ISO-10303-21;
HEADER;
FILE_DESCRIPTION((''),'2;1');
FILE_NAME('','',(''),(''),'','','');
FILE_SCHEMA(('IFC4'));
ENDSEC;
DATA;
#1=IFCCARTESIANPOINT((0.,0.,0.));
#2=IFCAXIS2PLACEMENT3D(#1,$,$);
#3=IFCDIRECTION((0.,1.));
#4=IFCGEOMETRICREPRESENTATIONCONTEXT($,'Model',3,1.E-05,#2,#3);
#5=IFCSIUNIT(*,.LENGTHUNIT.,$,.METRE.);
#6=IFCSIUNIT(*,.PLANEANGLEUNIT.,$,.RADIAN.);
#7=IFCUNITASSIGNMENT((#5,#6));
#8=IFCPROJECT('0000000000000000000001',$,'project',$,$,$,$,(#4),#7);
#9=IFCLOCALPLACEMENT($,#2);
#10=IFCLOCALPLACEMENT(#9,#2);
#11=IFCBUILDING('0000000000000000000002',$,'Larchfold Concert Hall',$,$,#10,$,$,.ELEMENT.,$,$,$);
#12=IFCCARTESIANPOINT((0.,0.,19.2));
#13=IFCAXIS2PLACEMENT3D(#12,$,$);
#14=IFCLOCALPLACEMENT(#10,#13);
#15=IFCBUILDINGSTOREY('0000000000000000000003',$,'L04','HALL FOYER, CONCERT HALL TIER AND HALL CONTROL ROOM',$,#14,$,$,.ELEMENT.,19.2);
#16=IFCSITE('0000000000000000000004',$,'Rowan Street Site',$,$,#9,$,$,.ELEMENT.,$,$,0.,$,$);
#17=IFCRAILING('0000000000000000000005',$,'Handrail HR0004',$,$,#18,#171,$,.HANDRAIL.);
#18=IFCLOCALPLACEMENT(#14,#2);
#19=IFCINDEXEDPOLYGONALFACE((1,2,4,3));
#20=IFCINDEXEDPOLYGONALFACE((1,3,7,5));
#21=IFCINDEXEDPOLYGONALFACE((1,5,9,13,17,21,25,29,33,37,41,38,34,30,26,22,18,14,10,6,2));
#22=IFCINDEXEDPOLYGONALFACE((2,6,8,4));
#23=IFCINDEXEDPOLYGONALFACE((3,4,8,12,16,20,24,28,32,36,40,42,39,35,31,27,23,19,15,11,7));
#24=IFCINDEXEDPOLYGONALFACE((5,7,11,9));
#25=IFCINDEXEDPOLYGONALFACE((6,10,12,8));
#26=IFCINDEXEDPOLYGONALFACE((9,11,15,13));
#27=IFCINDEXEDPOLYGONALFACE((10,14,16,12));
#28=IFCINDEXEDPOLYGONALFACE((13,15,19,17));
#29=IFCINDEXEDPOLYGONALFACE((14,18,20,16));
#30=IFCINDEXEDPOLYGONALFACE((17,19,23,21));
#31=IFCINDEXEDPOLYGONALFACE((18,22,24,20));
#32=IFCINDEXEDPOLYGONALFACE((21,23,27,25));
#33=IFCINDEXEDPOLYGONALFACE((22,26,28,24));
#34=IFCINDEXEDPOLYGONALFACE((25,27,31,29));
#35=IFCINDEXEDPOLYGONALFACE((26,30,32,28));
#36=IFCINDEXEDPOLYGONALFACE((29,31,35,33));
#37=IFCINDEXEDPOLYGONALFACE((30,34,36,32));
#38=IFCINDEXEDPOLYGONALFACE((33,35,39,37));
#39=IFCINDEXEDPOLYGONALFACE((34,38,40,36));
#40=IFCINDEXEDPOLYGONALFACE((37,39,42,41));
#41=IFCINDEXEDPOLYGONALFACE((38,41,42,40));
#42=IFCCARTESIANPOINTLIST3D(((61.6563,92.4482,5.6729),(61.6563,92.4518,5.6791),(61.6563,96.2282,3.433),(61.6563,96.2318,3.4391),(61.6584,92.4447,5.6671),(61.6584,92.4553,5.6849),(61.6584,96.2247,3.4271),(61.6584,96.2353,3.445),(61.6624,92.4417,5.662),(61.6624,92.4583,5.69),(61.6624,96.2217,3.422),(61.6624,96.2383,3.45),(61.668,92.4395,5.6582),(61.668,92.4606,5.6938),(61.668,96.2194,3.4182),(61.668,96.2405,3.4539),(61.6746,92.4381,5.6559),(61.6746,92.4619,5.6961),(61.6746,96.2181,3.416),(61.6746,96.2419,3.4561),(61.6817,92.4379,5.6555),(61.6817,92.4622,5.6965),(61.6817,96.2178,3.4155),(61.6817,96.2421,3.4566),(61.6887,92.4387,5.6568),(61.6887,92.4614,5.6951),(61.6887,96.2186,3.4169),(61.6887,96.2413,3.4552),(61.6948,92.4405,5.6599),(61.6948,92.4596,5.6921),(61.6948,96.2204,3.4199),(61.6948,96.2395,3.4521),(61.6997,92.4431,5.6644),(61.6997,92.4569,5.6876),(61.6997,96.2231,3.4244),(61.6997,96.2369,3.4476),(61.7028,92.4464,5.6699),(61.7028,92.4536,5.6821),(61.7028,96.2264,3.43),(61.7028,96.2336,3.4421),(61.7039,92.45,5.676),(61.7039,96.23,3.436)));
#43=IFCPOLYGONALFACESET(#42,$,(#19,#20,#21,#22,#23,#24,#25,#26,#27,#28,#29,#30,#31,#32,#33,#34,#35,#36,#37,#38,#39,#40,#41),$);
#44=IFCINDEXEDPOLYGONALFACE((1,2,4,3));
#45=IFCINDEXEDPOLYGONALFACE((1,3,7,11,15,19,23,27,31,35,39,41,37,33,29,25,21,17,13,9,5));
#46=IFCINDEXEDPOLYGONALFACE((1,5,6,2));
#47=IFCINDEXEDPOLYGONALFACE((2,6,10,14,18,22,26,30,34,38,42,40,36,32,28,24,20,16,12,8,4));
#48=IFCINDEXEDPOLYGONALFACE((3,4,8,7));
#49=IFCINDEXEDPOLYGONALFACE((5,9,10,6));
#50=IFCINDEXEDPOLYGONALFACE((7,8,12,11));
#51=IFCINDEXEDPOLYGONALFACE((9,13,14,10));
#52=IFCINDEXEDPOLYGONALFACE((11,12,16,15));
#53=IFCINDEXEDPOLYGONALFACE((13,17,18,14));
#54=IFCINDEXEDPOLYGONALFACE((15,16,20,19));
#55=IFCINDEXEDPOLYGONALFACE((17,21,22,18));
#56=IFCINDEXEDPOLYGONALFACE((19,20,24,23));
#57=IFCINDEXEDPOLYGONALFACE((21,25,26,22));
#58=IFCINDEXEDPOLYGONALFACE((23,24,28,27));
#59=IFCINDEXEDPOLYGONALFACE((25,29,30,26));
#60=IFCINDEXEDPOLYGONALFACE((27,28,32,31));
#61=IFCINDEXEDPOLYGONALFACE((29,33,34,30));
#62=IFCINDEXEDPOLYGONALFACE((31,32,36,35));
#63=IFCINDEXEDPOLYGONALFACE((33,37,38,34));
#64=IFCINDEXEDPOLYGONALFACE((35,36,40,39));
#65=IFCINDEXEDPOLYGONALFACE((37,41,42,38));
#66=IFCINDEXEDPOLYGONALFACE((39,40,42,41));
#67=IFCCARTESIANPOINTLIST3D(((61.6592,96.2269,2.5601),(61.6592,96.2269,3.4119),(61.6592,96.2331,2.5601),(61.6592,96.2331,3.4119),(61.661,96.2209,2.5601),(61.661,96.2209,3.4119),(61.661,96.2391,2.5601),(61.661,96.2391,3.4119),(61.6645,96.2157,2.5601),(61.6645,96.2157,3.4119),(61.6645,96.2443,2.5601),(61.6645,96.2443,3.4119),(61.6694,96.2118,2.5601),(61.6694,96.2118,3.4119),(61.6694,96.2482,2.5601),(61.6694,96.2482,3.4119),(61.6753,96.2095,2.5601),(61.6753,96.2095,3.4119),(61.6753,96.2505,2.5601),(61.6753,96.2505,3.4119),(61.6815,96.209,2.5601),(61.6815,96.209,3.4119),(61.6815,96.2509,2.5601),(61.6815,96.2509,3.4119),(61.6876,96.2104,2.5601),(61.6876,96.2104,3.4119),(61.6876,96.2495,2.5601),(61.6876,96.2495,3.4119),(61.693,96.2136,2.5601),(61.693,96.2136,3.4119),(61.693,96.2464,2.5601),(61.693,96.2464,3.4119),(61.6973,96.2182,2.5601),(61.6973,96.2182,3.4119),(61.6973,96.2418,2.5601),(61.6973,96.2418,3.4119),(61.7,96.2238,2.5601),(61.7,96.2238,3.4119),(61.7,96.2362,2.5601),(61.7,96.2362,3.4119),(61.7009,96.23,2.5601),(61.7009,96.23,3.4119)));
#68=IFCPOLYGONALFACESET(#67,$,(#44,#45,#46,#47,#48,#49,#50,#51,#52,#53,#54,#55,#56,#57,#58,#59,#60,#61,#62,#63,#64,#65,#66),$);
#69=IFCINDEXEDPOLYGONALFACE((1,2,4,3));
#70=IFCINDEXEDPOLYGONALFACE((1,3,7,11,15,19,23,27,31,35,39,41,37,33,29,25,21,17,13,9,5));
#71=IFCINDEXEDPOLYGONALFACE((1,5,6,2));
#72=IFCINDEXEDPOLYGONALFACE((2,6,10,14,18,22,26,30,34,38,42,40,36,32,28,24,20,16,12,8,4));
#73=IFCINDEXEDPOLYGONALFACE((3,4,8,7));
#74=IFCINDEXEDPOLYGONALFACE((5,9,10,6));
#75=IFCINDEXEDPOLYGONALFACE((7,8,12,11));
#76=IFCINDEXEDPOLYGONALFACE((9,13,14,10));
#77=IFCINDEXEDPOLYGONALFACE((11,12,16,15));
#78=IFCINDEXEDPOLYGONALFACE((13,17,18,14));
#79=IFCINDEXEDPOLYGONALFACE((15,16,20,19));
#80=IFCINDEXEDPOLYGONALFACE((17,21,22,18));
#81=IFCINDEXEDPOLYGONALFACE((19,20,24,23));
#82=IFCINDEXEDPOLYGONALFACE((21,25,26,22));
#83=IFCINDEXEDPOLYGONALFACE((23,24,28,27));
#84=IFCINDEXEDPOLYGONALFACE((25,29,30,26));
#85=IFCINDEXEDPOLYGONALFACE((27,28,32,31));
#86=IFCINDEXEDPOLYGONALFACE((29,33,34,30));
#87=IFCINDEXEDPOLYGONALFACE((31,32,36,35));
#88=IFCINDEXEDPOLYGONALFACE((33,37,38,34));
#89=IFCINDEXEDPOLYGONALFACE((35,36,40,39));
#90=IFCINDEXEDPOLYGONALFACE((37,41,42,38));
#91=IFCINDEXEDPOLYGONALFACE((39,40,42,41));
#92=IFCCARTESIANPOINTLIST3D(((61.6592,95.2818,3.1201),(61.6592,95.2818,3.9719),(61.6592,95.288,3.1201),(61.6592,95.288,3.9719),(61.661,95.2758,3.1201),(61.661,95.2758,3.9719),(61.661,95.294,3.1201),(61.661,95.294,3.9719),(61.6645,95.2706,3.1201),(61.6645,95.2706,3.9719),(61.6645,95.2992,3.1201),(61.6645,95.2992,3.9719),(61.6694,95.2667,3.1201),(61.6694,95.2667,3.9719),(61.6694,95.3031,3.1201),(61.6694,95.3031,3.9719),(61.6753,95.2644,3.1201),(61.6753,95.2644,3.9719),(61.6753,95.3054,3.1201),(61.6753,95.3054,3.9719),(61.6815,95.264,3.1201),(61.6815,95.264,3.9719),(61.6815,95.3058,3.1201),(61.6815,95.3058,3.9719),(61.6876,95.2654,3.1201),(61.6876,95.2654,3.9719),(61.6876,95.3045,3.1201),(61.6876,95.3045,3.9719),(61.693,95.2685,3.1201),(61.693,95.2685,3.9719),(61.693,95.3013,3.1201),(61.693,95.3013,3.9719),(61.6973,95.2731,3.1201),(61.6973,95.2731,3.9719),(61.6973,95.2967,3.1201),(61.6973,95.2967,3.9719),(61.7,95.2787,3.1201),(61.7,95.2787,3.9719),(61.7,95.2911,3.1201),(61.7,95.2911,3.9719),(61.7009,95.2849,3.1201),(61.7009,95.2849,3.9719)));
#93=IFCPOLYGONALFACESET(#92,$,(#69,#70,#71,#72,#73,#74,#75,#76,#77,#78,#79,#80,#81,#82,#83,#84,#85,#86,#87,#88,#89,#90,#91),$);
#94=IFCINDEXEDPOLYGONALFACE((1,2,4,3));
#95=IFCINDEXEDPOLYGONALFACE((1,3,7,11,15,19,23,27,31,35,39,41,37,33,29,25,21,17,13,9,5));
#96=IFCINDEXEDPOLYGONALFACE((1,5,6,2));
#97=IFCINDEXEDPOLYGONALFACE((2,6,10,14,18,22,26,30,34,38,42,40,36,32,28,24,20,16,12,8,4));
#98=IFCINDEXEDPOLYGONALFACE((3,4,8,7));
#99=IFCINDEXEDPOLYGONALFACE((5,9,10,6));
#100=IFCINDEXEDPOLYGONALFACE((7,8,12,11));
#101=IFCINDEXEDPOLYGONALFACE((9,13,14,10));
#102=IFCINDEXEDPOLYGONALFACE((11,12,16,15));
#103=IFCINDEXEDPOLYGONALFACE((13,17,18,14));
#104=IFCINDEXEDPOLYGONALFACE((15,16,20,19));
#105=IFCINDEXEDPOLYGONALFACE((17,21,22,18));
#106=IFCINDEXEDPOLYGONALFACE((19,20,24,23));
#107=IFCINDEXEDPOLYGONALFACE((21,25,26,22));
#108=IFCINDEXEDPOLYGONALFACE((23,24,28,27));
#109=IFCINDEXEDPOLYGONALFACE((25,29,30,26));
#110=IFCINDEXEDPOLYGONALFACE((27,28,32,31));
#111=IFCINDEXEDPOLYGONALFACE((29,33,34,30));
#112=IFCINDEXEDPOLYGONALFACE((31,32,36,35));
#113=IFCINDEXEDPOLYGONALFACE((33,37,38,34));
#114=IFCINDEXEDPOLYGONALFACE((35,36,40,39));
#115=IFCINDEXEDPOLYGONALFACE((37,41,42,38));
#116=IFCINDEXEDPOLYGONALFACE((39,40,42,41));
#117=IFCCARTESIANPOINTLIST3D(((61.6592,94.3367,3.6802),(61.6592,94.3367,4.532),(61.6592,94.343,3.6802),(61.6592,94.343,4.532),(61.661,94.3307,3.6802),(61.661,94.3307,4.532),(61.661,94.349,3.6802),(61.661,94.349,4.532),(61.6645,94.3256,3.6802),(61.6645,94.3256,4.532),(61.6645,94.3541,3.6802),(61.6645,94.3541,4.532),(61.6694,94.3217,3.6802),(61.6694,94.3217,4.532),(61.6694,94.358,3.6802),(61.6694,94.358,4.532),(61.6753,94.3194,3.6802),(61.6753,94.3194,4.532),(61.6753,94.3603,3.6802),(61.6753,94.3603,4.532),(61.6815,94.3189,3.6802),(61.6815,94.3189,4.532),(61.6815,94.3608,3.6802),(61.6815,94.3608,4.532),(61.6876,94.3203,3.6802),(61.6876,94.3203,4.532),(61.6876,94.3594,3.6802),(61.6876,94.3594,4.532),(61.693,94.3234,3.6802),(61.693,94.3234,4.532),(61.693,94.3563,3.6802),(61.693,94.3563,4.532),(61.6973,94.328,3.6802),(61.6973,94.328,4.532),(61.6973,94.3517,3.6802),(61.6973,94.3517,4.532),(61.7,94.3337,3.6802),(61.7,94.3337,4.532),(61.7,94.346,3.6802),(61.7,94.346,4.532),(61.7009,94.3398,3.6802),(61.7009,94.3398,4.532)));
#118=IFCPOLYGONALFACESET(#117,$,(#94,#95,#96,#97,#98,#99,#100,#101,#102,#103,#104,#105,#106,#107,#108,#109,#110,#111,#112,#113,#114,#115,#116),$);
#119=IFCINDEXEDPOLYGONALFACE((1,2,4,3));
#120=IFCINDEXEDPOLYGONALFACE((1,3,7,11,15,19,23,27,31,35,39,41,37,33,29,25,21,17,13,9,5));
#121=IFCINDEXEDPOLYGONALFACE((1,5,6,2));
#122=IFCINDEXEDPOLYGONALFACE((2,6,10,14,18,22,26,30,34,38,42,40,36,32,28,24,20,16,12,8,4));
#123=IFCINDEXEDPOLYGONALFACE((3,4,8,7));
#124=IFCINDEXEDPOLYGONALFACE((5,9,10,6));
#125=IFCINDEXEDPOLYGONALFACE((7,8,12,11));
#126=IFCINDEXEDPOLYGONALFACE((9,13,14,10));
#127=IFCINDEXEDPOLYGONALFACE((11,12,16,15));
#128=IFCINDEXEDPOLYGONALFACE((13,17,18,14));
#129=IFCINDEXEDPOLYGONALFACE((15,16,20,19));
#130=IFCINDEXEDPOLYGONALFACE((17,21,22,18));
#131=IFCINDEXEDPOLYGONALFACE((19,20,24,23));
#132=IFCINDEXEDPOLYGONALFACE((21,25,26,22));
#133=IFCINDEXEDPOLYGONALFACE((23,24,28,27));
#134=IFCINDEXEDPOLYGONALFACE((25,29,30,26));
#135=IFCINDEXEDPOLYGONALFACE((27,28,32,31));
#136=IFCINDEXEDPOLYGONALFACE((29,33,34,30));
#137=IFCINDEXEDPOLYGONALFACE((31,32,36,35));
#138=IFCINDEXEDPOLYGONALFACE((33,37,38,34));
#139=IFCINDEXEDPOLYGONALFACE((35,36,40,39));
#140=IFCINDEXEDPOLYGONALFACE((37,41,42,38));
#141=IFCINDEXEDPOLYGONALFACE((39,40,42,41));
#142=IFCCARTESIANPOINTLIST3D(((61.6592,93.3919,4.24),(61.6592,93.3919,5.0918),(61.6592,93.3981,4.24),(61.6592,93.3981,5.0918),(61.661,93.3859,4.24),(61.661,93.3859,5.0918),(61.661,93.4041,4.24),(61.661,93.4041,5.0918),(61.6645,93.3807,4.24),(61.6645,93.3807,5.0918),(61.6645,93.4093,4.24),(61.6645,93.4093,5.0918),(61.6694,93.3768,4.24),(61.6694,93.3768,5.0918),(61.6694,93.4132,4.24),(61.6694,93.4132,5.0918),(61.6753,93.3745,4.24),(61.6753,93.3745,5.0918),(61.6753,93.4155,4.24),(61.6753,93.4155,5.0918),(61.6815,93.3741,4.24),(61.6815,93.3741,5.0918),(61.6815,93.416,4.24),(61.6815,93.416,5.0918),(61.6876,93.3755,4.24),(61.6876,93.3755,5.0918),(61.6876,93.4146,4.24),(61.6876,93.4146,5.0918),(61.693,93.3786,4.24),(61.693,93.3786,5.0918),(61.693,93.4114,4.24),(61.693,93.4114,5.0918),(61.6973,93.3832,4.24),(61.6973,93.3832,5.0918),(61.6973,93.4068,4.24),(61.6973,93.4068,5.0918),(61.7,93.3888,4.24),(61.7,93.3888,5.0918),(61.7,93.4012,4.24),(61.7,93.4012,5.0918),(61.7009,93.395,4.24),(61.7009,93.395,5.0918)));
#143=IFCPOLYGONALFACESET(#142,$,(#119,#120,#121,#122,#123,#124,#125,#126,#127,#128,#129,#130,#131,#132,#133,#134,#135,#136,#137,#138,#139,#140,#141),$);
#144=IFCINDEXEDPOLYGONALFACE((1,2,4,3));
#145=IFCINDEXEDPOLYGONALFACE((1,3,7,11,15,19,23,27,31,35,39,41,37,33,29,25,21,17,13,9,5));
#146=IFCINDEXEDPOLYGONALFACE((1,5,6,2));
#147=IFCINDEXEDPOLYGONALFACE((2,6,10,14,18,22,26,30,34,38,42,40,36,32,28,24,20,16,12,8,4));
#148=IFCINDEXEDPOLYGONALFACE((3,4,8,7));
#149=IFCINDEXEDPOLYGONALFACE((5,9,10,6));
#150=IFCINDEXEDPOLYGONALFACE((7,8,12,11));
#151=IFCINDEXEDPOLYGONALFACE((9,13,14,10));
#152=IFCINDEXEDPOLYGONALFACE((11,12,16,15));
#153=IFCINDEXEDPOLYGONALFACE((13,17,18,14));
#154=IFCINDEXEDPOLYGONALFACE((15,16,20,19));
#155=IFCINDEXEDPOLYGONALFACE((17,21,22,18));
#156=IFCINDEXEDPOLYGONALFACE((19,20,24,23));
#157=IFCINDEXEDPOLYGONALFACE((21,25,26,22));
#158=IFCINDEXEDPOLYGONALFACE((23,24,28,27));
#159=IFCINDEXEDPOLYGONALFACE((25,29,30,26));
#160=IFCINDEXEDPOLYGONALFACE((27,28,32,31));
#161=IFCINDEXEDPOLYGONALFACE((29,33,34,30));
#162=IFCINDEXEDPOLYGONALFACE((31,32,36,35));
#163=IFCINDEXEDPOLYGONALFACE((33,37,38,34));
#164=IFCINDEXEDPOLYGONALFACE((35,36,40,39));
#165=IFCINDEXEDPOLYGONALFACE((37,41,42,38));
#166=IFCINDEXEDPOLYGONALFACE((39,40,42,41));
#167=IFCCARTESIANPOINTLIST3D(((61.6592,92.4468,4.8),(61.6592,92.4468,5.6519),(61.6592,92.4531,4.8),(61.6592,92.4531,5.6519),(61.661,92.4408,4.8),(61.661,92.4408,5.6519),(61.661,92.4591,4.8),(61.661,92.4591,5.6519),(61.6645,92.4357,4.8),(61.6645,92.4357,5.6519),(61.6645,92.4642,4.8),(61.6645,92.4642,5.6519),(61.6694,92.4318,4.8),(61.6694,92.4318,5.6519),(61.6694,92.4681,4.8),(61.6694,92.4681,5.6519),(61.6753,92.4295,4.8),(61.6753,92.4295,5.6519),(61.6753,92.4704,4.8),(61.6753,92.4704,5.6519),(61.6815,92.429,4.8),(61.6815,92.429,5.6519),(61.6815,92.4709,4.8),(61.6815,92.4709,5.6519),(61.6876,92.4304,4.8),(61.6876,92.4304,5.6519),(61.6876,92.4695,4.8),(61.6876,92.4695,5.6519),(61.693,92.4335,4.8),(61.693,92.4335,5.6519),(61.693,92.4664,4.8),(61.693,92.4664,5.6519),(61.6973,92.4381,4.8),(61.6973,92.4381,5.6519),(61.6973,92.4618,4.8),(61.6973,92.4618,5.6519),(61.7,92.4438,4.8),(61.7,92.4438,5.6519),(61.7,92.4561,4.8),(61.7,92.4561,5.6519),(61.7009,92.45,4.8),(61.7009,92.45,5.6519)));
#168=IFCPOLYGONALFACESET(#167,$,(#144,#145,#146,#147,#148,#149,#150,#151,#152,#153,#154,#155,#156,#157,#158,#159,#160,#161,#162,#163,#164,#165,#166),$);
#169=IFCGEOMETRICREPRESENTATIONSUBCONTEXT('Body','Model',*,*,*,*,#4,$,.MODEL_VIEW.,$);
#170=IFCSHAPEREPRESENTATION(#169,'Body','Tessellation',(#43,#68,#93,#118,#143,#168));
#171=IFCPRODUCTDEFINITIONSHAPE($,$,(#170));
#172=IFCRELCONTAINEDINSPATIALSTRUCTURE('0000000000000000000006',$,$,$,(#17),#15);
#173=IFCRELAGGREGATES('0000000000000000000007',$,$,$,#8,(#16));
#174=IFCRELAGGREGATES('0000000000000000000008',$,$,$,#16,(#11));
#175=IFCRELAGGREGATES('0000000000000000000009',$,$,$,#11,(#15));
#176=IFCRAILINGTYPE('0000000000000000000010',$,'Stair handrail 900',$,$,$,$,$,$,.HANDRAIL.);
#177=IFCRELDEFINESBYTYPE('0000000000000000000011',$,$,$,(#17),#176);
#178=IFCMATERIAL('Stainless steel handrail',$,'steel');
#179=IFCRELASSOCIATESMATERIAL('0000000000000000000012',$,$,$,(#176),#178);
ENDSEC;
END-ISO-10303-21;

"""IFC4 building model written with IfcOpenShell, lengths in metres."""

from ifc_helpers import new_model, si_unit, direction, frame, origin, origin_2d, place, context, subcontext, project, spatial, circle, extrude, material, type_object, element, save


model = new_model("IFC4")

# Units and contexts
model_context = context("Model", 3, precision=1e-05, world=origin(), true_north=direction((0.0, 1.0)))
body_context = subcontext(model_context, "Body", "Model", "MODEL_VIEW")
ifc_project = project(units=[si_unit("LENGTHUNIT", "METRE"), si_unit("PLANEANGLEUNIT", "RADIAN")], contexts=[model_context])

# Site, building, storey
site_placement = place(None, origin())
site = spatial("IfcSite", under=ifc_project, at=site_placement, Name="Rowan Street Site", CompositionType="ELEMENT", RefElevation=0.0)
building_placement = place(site_placement, origin())
building = spatial("IfcBuilding", under=site, at=building_placement, Name="Larchfold Concert Hall", CompositionType="ELEMENT")
storey_placement = place(building_placement, frame((0.0, 0.0, 19.2)))
storey = spatial("IfcBuildingStorey", under=building, at=storey_placement, Name="L04", Description="HALL FOYER, CONCERT HALL TIER AND HALL CONTROL ROOM", CompositionType="ELEMENT", Elevation=19.2)

# Railing
ifc_material_1 = material(Name="Stainless steel handrail", Category="steel")
railing_type_1 = type_object("IfcRailingType", Name="Stair handrail 900", PredefinedType="HANDRAIL", material=ifc_material_1)
railing_1_placement = place(storey_placement, frame((61.6799, 96.23, 2.5601)))
element("IfcRailing", 1, at=railing_1_placement, inside=storey, type_object=railing_type_1, Name="Handrail HR0004", PredefinedType="HANDRAIL", context=body_context, shape_type="SweptSolid", body=[
    extrude(circle(Radius=0.0239, at=origin_2d()), frame((0.0, 0.0, 0.876), z_axis=(0.0, -0.860294, 0.509798), x_axis=(1.0, 0.0, 0.0)), (0.0, 0.0, 1.0), 4.3938),
    extrude(circle(Radius=0.021, at=origin_2d()), origin(), (0.0, 0.0, 1.0), 0.8518),
    extrude(circle(Radius=0.021, at=origin_2d()), frame((0.0, -0.9451, 0.5601)), (0.0, 0.0, 1.0), 0.8518),
    extrude(circle(Radius=0.021, at=origin_2d()), frame((0.0, -1.8901, 1.1201)), (0.0, 0.0, 1.0), 0.8518),
    extrude(circle(Radius=0.021, at=origin_2d()), frame((0.0, -2.835, 1.6799)), (0.0, 0.0, 1.0), 0.8518),
    extrude(circle(Radius=0.021, at=origin_2d()), frame((0.0, -3.78, 2.24)), (0.0, 0.0, 1.0), 0.8518),
])

save(model, "model.ifc")
